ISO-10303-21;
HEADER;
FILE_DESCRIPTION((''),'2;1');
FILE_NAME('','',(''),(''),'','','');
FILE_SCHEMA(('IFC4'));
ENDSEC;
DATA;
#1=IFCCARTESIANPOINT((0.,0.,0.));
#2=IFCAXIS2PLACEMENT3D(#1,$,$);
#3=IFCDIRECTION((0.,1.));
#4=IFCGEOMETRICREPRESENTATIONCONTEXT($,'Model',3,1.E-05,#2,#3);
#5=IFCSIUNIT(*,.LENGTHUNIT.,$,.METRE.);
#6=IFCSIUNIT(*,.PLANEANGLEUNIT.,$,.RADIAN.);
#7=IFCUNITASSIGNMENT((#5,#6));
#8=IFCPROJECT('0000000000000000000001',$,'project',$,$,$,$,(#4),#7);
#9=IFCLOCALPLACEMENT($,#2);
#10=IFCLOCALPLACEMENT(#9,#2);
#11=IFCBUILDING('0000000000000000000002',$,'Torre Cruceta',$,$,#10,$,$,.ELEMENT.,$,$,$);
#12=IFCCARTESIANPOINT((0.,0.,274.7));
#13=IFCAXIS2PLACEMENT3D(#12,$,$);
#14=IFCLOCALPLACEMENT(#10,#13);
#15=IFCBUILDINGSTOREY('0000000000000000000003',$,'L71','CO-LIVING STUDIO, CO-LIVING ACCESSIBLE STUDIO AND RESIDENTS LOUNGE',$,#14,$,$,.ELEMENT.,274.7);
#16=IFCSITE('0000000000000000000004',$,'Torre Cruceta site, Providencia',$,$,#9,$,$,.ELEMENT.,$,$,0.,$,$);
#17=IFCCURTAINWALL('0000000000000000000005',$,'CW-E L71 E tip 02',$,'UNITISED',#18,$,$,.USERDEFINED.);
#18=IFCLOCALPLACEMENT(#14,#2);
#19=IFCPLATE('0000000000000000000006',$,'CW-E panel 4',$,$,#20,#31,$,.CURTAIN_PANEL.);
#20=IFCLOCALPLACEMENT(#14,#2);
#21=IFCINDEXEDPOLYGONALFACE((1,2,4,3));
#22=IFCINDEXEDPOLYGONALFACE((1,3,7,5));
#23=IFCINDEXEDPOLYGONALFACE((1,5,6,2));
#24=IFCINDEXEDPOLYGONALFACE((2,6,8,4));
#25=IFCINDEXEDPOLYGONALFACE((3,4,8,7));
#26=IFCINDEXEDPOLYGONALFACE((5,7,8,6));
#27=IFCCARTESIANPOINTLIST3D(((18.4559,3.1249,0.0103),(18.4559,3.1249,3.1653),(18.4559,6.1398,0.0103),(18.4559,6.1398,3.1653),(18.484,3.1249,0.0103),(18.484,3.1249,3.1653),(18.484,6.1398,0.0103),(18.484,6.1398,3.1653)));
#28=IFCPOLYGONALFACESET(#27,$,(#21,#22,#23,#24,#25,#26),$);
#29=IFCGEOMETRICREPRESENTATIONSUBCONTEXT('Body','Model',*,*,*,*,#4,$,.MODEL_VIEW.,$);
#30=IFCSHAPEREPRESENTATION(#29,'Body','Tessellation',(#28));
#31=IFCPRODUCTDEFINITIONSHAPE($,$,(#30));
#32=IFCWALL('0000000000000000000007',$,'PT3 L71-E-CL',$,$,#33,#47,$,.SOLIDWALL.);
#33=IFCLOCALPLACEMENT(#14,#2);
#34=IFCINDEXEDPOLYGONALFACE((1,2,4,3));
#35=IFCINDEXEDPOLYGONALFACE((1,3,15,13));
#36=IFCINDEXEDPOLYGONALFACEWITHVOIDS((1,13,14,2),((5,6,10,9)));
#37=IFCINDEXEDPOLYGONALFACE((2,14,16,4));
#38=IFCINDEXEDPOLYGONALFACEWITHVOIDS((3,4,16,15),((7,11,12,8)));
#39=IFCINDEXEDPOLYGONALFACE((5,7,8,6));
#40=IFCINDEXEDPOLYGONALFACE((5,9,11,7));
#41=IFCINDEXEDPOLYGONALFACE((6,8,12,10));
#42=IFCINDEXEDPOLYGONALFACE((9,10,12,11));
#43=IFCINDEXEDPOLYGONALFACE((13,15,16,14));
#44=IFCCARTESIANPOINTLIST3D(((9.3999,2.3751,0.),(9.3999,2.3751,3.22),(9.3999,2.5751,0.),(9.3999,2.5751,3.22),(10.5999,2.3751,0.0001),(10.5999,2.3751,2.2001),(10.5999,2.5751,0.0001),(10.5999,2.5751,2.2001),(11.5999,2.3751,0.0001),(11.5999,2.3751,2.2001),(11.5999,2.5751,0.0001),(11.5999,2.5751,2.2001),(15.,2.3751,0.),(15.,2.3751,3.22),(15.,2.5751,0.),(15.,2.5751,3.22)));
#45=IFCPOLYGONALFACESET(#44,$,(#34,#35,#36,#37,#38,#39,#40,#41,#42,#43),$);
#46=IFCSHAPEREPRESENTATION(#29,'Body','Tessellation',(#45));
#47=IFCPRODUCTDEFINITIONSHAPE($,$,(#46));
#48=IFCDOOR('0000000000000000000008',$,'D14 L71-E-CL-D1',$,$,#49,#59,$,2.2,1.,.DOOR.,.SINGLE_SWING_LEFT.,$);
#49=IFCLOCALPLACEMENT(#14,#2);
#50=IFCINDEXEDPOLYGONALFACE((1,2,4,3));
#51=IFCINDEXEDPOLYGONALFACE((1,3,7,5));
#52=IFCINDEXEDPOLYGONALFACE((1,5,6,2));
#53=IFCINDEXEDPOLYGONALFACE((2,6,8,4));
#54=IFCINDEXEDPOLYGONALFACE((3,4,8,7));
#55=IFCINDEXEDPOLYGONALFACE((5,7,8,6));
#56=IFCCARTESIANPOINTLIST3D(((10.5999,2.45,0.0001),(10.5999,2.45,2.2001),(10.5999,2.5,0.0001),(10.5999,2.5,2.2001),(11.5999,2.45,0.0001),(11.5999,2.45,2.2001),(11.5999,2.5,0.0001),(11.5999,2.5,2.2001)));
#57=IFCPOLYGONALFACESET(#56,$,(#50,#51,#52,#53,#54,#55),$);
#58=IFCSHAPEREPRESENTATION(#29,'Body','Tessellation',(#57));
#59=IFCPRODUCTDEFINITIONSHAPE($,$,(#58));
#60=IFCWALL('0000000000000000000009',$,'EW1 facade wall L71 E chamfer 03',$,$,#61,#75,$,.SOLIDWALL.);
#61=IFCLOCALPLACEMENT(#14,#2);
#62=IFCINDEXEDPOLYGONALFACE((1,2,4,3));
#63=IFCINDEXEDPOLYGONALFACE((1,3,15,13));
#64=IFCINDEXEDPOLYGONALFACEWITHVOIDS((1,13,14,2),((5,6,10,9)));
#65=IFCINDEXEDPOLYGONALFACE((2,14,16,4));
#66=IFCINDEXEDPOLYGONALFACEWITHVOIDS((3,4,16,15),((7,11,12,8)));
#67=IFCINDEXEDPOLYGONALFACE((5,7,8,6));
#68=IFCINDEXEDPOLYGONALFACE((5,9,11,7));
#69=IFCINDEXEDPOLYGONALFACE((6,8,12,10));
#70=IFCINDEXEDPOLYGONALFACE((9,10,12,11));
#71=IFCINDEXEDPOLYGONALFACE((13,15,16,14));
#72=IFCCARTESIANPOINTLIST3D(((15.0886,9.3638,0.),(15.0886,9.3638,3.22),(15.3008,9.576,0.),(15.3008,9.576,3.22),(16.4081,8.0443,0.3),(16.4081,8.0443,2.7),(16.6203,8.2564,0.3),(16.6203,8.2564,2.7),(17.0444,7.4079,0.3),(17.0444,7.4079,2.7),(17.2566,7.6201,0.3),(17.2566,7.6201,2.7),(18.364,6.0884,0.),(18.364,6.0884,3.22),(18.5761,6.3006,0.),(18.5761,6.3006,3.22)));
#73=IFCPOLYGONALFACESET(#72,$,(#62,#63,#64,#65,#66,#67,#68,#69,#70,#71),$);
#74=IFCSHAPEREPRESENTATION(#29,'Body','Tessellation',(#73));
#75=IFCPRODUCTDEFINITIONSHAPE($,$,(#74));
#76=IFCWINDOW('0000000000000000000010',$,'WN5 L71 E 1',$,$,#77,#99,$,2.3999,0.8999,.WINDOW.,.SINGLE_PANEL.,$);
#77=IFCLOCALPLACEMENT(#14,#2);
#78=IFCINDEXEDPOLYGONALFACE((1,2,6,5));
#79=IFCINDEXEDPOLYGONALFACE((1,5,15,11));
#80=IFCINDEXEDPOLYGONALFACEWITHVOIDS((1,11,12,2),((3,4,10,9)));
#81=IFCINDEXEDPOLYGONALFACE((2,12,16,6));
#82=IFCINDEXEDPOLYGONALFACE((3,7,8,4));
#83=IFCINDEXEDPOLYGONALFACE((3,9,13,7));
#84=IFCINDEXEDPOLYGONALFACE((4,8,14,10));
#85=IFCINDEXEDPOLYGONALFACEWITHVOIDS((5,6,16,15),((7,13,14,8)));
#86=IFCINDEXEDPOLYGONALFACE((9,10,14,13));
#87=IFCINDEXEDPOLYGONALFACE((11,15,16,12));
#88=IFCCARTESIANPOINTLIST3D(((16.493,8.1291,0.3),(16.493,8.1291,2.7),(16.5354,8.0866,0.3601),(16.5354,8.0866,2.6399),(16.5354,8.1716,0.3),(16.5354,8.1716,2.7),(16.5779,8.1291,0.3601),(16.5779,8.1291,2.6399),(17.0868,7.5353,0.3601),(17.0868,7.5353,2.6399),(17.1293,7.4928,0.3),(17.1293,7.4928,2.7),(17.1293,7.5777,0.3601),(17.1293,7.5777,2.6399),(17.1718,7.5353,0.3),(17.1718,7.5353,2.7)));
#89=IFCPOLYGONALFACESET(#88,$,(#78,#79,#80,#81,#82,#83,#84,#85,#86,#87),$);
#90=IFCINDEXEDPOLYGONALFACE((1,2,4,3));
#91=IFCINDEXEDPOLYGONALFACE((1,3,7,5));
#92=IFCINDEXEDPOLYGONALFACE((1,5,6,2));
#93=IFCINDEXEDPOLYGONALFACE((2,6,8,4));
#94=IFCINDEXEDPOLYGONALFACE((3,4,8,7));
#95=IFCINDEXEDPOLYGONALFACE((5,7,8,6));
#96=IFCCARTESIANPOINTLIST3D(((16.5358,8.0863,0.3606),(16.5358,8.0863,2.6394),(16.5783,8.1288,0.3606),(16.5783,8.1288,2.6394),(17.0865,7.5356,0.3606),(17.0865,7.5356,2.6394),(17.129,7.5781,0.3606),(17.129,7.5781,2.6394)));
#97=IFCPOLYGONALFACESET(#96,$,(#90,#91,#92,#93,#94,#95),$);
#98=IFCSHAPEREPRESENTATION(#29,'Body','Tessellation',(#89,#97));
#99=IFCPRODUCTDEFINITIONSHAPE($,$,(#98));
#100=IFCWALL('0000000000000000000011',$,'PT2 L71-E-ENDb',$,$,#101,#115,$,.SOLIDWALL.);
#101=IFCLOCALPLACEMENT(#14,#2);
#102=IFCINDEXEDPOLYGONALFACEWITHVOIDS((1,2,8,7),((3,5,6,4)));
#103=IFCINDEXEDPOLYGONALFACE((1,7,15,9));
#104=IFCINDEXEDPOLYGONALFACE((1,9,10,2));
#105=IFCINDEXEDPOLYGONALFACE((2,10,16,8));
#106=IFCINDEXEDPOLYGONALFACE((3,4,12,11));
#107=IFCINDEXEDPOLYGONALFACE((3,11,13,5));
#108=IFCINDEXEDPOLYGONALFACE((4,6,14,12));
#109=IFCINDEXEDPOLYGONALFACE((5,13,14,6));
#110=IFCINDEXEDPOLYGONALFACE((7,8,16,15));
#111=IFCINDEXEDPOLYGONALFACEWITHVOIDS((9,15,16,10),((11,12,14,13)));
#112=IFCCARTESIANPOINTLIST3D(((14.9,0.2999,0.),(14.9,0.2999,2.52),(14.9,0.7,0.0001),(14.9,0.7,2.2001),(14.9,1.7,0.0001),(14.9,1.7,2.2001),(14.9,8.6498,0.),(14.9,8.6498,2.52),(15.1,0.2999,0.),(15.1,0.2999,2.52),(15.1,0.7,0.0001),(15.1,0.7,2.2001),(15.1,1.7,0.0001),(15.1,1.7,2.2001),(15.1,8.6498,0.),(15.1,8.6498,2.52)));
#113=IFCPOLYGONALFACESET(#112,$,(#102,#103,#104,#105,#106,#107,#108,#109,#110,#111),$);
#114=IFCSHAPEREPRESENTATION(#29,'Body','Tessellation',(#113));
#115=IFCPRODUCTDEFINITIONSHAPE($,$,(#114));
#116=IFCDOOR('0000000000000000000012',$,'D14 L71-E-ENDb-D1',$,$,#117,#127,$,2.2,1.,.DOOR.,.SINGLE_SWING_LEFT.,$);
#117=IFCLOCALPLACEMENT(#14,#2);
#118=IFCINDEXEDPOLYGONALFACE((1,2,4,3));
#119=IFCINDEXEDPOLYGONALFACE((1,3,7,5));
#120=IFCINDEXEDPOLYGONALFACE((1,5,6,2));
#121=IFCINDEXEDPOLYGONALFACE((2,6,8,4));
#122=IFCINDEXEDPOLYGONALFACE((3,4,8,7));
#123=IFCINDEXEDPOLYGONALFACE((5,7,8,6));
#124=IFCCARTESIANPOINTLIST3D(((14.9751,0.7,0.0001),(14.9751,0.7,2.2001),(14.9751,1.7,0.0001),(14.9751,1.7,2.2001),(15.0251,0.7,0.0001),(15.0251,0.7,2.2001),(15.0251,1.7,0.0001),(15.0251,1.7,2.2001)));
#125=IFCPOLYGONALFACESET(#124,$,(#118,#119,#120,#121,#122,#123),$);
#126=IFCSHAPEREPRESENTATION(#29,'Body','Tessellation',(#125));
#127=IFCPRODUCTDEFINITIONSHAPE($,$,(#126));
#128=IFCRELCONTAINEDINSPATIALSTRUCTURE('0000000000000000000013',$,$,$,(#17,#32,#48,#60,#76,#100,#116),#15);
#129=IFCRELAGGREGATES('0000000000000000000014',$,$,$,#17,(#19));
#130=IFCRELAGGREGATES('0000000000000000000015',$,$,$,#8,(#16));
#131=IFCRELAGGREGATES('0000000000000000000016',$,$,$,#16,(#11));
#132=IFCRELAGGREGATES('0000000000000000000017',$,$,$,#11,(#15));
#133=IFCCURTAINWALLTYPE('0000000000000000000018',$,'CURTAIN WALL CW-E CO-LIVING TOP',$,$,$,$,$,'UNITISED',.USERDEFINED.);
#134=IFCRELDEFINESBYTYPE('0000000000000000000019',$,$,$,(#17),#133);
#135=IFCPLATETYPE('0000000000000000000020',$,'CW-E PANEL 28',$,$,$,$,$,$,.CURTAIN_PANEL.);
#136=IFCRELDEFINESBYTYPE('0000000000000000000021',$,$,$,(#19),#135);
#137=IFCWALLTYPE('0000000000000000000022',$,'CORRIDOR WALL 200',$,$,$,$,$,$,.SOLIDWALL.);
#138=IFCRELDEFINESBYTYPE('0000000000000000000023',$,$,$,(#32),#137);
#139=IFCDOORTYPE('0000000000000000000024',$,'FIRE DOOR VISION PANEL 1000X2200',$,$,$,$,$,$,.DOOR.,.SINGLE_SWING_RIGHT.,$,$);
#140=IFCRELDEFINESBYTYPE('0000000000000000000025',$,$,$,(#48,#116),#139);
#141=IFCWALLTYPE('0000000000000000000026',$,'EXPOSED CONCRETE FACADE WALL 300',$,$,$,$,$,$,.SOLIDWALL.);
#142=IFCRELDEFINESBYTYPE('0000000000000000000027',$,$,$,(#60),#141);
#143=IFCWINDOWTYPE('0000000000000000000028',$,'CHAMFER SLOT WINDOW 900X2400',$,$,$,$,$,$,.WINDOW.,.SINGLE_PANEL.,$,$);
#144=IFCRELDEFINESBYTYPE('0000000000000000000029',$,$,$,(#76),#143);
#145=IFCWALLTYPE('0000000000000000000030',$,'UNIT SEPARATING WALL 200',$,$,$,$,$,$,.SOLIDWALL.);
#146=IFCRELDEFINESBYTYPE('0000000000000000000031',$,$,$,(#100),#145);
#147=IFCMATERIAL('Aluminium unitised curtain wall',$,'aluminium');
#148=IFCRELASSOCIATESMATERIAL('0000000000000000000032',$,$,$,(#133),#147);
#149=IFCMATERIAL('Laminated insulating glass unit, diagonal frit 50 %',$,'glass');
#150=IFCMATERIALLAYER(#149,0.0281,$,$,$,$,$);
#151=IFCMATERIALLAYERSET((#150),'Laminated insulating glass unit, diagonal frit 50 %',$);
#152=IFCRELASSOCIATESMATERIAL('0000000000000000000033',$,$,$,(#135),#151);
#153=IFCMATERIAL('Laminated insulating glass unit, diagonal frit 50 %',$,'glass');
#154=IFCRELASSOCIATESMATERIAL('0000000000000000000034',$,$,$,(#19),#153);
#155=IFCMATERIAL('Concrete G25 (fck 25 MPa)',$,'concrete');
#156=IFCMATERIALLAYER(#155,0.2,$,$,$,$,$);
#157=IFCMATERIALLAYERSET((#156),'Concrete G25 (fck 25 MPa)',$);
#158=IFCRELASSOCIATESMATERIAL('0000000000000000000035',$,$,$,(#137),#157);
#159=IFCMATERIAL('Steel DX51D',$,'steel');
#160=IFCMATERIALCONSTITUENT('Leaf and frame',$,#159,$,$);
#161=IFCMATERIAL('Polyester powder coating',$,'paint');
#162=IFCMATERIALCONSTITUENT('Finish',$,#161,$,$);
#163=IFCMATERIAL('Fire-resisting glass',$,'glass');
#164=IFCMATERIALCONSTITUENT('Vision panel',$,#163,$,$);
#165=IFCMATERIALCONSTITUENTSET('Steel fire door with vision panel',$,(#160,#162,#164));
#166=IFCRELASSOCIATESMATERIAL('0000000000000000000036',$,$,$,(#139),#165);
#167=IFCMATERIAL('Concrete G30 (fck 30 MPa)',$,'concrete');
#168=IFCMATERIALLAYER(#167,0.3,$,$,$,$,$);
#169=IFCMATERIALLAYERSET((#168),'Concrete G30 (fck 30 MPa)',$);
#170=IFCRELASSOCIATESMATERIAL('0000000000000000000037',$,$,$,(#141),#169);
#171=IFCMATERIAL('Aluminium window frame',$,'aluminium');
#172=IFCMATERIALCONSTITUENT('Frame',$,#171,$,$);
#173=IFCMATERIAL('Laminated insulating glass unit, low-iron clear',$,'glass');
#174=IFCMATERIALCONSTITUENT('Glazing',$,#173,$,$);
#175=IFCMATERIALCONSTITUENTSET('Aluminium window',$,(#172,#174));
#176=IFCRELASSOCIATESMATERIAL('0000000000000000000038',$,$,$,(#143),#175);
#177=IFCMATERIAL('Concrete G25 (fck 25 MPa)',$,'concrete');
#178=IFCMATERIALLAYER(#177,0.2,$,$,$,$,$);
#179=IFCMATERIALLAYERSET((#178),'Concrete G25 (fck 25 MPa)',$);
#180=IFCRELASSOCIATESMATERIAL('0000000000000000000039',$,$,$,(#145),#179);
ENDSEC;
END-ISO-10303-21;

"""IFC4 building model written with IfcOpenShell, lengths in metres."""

from ifc_helpers import new_model, si_unit, direction, frame, frame_2d, origin, origin_2d, place, context, subcontext, project, spatial, rectangle, hollow_rectangle, extrude, material, layer, layer_set, constituent, constituent_set, type_object, element, fill, aggregate, save


model = new_model("IFC4")

# Units and contexts
model_context = context("Model", 3, precision=1e-05, world=origin(), true_north=direction((0.0, 1.0)))
body_context = subcontext(model_context, "Body", "Model", "MODEL_VIEW")
ifc_project = project(units=[si_unit("LENGTHUNIT", "METRE"), si_unit("PLANEANGLEUNIT", "RADIAN")], contexts=[model_context])

# Site, building, storey
site_placement = place(None, origin())
site = spatial("IfcSite", under=ifc_project, at=site_placement, Name="Torre Cruceta site, Providencia", CompositionType="ELEMENT", RefElevation=0.0)
building_placement = place(site_placement, origin())
building = spatial("IfcBuilding", under=site, at=building_placement, Name="Torre Cruceta", CompositionType="ELEMENT")
storey_placement = place(building_placement, frame((0.0, 0.0, 274.7)))
storey = spatial("IfcBuildingStorey", under=building, at=storey_placement, Name="L71", Description="CO-LIVING STUDIO, CO-LIVING ACCESSIBLE STUDIO AND RESIDENTS LOUNGE", CompositionType="ELEMENT", Elevation=274.7)

# Curtain wall
ifc_material_1 = material(Name="Aluminium unitised curtain wall", Category="aluminium")
curtain_wall_type = type_object("IfcCurtainWallType", Name="CURTAIN WALL CW-E CO-LIVING TOP", ElementType="UNITISED", PredefinedType="USERDEFINED", material=ifc_material_1)
curtain_wall_placement = place(storey_placement, origin())
curtain_wall = element("IfcCurtainWall", 1, at=curtain_wall_placement, inside=storey, type_object=curtain_wall_type, Name="CW-E L71 E tip 02", ObjectType="UNITISED", PredefinedType="USERDEFINED")

# Plate
ifc_material_2 = material(Name="Laminated insulating glass unit, diagonal frit 50 %", Category="glass")
ifc_layer_1 = layer(ifc_material_2, 0.0281)
ifc_layer_set_1 = layer_set([ifc_layer_1], Name="Laminated insulating glass unit, diagonal frit 50 %")
plate_type = type_object("IfcPlateType", Name="CW-E PANEL 28", PredefinedType="CURTAIN_PANEL", material=ifc_layer_set_1)
ifc_material_3 = material(Name="Laminated insulating glass unit, diagonal frit 50 %", Category="glass")
plate_1_placement = place(storey_placement, frame((18.47, 4.6323, 0.0103), z_axis=(0.0, 0.0, 1.0), x_axis=(0.0, 1.0, 0.0)))
plate_1 = element("IfcPlate", 2, at=plate_1_placement, type_object=plate_type, material=ifc_material_3, Name="CW-E panel 4", PredefinedType="CURTAIN_PANEL", context=body_context, shape_type="SweptSolid", body=[
    extrude(rectangle(XDim=3.0149, YDim=0.0281, at=origin_2d()), origin(), (0.0, 0.0, 1.0), 3.155),
])
aggregate(curtain_wall, [plate_1])

# Wall, opening, door
ifc_material_4 = material(Name="Concrete G25 (fck 25 MPa)", Category="concrete")
ifc_layer_2 = layer(ifc_material_4, 0.2)
ifc_layer_set_2 = layer_set([ifc_layer_2], Name="Concrete G25 (fck 25 MPa)")
wall_type_1 = type_object("IfcWallType", Name="CORRIDOR WALL 200", PredefinedType="SOLIDWALL", material=ifc_layer_set_2)
wall_1_placement = place(storey_placement, frame((9.3999, 2.4751, 0.0), z_axis=(0.0, 0.0, 1.0), x_axis=(1.0, 0.0, 0.0)))
wall_1 = element("IfcWall", 3, at=wall_1_placement, inside=storey, type_object=wall_type_1, Name="PT3 L71-E-CL", PredefinedType="SOLIDWALL", context=body_context, shape_type="SweptSolid", body=[
    extrude(rectangle(XDim=5.6001, YDim=0.2, at=frame_2d((2.8, 0.0))), origin(), (0.0, 0.0, 1.0), 3.22),
])
opening_1_placement = place(wall_1_placement, frame((1.2, 0.0, 0.0)))
opening_1 = element("IfcOpeningElement", 4, at=opening_1_placement, cuts=wall_1, PredefinedType="OPENING", context=body_context, shape_type="SweptSolid", body=[
    extrude(rectangle(XDim=1.0, YDim=2.2, at=frame_2d((0.5, 1.1001))), frame((0.0, 0.1099, 0.0), z_axis=(0.0, -1.0, 0.0), x_axis=(1.0, 0.0, 0.0)), (0.0, 0.0, 1.0), 0.22),
])
ifc_material_5 = material(Name="Steel DX51D", Category="steel")
ifc_constituent_1 = constituent(ifc_material_5, Name="Leaf and frame")
ifc_material_6 = material(Name="Polyester powder coating", Category="paint")
ifc_constituent_2 = constituent(ifc_material_6, Name="Finish")
ifc_material_7 = material(Name="Fire-resisting glass", Category="glass")
ifc_constituent_3 = constituent(ifc_material_7, Name="Vision panel")
ifc_constituent_set_1 = constituent_set(constituents=[ifc_constituent_1, ifc_constituent_2, ifc_constituent_3], Name="Steel fire door with vision panel")
door_type = type_object("IfcDoorType", Name="FIRE DOOR VISION PANEL 1000X2200", OperationType="SINGLE_SWING_RIGHT", PredefinedType="DOOR", material=ifc_constituent_set_1)
door_1_placement = place(opening_1_placement, origin())
door_1 = element("IfcDoor", 5, at=door_1_placement, inside=storey, type_object=door_type, Name="D14 L71-E-CL-D1", OperationType="SINGLE_SWING_LEFT", OverallHeight=2.2, OverallWidth=1.0, PredefinedType="DOOR", context=body_context, shape_type="SweptSolid", body=[
    extrude(rectangle(XDim=1.0, YDim=2.2, at=frame_2d((0.5, 1.1001))), frame((0.0, 0.0249, 0.0), z_axis=(0.0, -1.0, 0.0), x_axis=(1.0, 0.0, 0.0)), (0.0, 0.0, 1.0), 0.05),
])
fill(opening_1, door_1)

# Wall, opening, window
ifc_material_8 = material(Name="Concrete G30 (fck 30 MPa)", Category="concrete")
ifc_layer_3 = layer(ifc_material_8, 0.3)
ifc_layer_set_3 = layer_set([ifc_layer_3], Name="Concrete G30 (fck 30 MPa)")
wall_type_2 = type_object("IfcWallType", Name="EXPOSED CONCRETE FACADE WALL 300", PredefinedType="SOLIDWALL", material=ifc_layer_set_3)
wall_2_placement = place(storey_placement, frame((18.47, 6.1946, 0.0), z_axis=(0.0, 0.0, 1.0), x_axis=(-0.707107, 0.707107, 0.0)))
wall_2 = element("IfcWall", 6, at=wall_2_placement, inside=storey, type_object=wall_type_2, Name="EW1 facade wall L71 E chamfer 03", PredefinedType="SOLIDWALL", context=body_context, shape_type="SweptSolid", body=[
    extrude(rectangle(XDim=4.6321, YDim=0.3, at=frame_2d((2.3159, 0.0))), origin(), (0.0, 0.0, 1.0), 3.22),
])
opening_2_placement = place(wall_2_placement, frame((1.866, 0.0, 0.3)))
opening_2 = element("IfcOpeningElement", 7, at=opening_2_placement, cuts=wall_2, PredefinedType="OPENING", context=body_context, shape_type="SweptSolid", body=[
    extrude(rectangle(XDim=0.8999, YDim=2.3999, at=frame_2d((0.45, 1.2))), frame((0.0, 0.1599, 0.0), z_axis=(0.0, -1.0, 0.0), x_axis=(1.0, 0.0, 0.0)), (0.0, 0.0, 1.0), 0.3201),
])
ifc_material_9 = material(Name="Aluminium window frame", Category="aluminium")
ifc_constituent_4 = constituent(ifc_material_9, Name="Frame")
ifc_material_10 = material(Name="Laminated insulating glass unit, low-iron clear", Category="glass")
ifc_constituent_5 = constituent(ifc_material_10, Name="Glazing")
ifc_constituent_set_2 = constituent_set(constituents=[ifc_constituent_4, ifc_constituent_5], Name="Aluminium window")
window_type = type_object("IfcWindowType", Name="CHAMFER SLOT WINDOW 900X2400", PartitioningType="SINGLE_PANEL", PredefinedType="WINDOW", material=ifc_constituent_set_2)
window_placement = place(opening_2_placement, origin())
window = element("IfcWindow", 8, at=window_placement, inside=storey, type_object=window_type, Name="WN5 L71 E 1", OverallHeight=2.3999, OverallWidth=0.8999, PartitioningType="SINGLE_PANEL", PredefinedType="WINDOW", context=body_context, shape_type="SweptSolid", body=[
    extrude(hollow_rectangle(XDim=0.8999, YDim=2.3999, WallThickness=0.0601, at=frame_2d((0.45, 1.2))), frame((0.0, 0.03, 0.0), z_axis=(0.0, -1.0, 0.0), x_axis=(1.0, 0.0, 0.0)), (0.0, 0.0, 1.0), 0.0601),
    extrude(rectangle(XDim=0.7788, YDim=2.2788, at=frame_2d((0.45, 1.2))), frame((0.0, 0.03, 0.0), z_axis=(0.0, -1.0, 0.0), x_axis=(1.0, 0.0, 0.0)), (0.0, 0.0, 1.0), 0.0601),
])
fill(opening_2, window)

# Wall, opening, door
ifc_material_11 = material(Name="Concrete G25 (fck 25 MPa)", Category="concrete")
ifc_layer_4 = layer(ifc_material_11, 0.2)
ifc_layer_set_4 = layer_set([ifc_layer_4], Name="Concrete G25 (fck 25 MPa)")
wall_type_3 = type_object("IfcWallType", Name="UNIT SEPARATING WALL 200", PredefinedType="SOLIDWALL", material=ifc_layer_set_4)
wall_3_placement = place(storey_placement, frame((15.0, 0.3, 0.0), z_axis=(0.0, 0.0, 1.0), x_axis=(0.0, 1.0, 0.0)))
wall_3 = element("IfcWall", 9, at=wall_3_placement, inside=storey, type_object=wall_type_3, Name="PT2 L71-E-ENDb", PredefinedType="SOLIDWALL", context=body_context, shape_type="SweptSolid", body=[
    extrude(rectangle(XDim=8.3499, YDim=0.2, at=frame_2d((4.1748, 0.0))), origin(), (0.0, 0.0, 1.0), 2.52),
])
opening_3_placement = place(wall_3_placement, frame((0.3999, 0.0, 0.0)))
opening_3 = element("IfcOpeningElement", 10, at=opening_3_placement, cuts=wall_3, PredefinedType="OPENING", context=body_context, shape_type="SweptSolid", body=[
    extrude(rectangle(XDim=1.0, YDim=2.2, at=frame_2d((0.5, 1.1001))), frame((0.0, 0.1099, 0.0), z_axis=(0.0, -1.0, 0.0), x_axis=(1.0, 0.0, 0.0)), (0.0, 0.0, 1.0), 0.22),
])
door_2_placement = place(opening_3_placement, frame((1.0, 0.0, 0.0), z_axis=(0.0, 0.0, 1.0), x_axis=(-1.0, 0.0, 0.0)))
door_2 = element("IfcDoor", 11, at=door_2_placement, inside=storey, type_object=door_type, Name="D14 L71-E-ENDb-D1", OperationType="SINGLE_SWING_LEFT", OverallHeight=2.2, OverallWidth=1.0, PredefinedType="DOOR", context=body_context, shape_type="SweptSolid", body=[
    extrude(rectangle(XDim=1.0, YDim=2.2, at=frame_2d((0.5, 1.1001))), frame((0.0, 0.0251, 0.0), z_axis=(0.0, -1.0, 0.0), x_axis=(1.0, 0.0, 0.0)), (0.0, 0.0, 1.0), 0.05),
])
fill(opening_3, door_2)

save(model, "model.ifc")
